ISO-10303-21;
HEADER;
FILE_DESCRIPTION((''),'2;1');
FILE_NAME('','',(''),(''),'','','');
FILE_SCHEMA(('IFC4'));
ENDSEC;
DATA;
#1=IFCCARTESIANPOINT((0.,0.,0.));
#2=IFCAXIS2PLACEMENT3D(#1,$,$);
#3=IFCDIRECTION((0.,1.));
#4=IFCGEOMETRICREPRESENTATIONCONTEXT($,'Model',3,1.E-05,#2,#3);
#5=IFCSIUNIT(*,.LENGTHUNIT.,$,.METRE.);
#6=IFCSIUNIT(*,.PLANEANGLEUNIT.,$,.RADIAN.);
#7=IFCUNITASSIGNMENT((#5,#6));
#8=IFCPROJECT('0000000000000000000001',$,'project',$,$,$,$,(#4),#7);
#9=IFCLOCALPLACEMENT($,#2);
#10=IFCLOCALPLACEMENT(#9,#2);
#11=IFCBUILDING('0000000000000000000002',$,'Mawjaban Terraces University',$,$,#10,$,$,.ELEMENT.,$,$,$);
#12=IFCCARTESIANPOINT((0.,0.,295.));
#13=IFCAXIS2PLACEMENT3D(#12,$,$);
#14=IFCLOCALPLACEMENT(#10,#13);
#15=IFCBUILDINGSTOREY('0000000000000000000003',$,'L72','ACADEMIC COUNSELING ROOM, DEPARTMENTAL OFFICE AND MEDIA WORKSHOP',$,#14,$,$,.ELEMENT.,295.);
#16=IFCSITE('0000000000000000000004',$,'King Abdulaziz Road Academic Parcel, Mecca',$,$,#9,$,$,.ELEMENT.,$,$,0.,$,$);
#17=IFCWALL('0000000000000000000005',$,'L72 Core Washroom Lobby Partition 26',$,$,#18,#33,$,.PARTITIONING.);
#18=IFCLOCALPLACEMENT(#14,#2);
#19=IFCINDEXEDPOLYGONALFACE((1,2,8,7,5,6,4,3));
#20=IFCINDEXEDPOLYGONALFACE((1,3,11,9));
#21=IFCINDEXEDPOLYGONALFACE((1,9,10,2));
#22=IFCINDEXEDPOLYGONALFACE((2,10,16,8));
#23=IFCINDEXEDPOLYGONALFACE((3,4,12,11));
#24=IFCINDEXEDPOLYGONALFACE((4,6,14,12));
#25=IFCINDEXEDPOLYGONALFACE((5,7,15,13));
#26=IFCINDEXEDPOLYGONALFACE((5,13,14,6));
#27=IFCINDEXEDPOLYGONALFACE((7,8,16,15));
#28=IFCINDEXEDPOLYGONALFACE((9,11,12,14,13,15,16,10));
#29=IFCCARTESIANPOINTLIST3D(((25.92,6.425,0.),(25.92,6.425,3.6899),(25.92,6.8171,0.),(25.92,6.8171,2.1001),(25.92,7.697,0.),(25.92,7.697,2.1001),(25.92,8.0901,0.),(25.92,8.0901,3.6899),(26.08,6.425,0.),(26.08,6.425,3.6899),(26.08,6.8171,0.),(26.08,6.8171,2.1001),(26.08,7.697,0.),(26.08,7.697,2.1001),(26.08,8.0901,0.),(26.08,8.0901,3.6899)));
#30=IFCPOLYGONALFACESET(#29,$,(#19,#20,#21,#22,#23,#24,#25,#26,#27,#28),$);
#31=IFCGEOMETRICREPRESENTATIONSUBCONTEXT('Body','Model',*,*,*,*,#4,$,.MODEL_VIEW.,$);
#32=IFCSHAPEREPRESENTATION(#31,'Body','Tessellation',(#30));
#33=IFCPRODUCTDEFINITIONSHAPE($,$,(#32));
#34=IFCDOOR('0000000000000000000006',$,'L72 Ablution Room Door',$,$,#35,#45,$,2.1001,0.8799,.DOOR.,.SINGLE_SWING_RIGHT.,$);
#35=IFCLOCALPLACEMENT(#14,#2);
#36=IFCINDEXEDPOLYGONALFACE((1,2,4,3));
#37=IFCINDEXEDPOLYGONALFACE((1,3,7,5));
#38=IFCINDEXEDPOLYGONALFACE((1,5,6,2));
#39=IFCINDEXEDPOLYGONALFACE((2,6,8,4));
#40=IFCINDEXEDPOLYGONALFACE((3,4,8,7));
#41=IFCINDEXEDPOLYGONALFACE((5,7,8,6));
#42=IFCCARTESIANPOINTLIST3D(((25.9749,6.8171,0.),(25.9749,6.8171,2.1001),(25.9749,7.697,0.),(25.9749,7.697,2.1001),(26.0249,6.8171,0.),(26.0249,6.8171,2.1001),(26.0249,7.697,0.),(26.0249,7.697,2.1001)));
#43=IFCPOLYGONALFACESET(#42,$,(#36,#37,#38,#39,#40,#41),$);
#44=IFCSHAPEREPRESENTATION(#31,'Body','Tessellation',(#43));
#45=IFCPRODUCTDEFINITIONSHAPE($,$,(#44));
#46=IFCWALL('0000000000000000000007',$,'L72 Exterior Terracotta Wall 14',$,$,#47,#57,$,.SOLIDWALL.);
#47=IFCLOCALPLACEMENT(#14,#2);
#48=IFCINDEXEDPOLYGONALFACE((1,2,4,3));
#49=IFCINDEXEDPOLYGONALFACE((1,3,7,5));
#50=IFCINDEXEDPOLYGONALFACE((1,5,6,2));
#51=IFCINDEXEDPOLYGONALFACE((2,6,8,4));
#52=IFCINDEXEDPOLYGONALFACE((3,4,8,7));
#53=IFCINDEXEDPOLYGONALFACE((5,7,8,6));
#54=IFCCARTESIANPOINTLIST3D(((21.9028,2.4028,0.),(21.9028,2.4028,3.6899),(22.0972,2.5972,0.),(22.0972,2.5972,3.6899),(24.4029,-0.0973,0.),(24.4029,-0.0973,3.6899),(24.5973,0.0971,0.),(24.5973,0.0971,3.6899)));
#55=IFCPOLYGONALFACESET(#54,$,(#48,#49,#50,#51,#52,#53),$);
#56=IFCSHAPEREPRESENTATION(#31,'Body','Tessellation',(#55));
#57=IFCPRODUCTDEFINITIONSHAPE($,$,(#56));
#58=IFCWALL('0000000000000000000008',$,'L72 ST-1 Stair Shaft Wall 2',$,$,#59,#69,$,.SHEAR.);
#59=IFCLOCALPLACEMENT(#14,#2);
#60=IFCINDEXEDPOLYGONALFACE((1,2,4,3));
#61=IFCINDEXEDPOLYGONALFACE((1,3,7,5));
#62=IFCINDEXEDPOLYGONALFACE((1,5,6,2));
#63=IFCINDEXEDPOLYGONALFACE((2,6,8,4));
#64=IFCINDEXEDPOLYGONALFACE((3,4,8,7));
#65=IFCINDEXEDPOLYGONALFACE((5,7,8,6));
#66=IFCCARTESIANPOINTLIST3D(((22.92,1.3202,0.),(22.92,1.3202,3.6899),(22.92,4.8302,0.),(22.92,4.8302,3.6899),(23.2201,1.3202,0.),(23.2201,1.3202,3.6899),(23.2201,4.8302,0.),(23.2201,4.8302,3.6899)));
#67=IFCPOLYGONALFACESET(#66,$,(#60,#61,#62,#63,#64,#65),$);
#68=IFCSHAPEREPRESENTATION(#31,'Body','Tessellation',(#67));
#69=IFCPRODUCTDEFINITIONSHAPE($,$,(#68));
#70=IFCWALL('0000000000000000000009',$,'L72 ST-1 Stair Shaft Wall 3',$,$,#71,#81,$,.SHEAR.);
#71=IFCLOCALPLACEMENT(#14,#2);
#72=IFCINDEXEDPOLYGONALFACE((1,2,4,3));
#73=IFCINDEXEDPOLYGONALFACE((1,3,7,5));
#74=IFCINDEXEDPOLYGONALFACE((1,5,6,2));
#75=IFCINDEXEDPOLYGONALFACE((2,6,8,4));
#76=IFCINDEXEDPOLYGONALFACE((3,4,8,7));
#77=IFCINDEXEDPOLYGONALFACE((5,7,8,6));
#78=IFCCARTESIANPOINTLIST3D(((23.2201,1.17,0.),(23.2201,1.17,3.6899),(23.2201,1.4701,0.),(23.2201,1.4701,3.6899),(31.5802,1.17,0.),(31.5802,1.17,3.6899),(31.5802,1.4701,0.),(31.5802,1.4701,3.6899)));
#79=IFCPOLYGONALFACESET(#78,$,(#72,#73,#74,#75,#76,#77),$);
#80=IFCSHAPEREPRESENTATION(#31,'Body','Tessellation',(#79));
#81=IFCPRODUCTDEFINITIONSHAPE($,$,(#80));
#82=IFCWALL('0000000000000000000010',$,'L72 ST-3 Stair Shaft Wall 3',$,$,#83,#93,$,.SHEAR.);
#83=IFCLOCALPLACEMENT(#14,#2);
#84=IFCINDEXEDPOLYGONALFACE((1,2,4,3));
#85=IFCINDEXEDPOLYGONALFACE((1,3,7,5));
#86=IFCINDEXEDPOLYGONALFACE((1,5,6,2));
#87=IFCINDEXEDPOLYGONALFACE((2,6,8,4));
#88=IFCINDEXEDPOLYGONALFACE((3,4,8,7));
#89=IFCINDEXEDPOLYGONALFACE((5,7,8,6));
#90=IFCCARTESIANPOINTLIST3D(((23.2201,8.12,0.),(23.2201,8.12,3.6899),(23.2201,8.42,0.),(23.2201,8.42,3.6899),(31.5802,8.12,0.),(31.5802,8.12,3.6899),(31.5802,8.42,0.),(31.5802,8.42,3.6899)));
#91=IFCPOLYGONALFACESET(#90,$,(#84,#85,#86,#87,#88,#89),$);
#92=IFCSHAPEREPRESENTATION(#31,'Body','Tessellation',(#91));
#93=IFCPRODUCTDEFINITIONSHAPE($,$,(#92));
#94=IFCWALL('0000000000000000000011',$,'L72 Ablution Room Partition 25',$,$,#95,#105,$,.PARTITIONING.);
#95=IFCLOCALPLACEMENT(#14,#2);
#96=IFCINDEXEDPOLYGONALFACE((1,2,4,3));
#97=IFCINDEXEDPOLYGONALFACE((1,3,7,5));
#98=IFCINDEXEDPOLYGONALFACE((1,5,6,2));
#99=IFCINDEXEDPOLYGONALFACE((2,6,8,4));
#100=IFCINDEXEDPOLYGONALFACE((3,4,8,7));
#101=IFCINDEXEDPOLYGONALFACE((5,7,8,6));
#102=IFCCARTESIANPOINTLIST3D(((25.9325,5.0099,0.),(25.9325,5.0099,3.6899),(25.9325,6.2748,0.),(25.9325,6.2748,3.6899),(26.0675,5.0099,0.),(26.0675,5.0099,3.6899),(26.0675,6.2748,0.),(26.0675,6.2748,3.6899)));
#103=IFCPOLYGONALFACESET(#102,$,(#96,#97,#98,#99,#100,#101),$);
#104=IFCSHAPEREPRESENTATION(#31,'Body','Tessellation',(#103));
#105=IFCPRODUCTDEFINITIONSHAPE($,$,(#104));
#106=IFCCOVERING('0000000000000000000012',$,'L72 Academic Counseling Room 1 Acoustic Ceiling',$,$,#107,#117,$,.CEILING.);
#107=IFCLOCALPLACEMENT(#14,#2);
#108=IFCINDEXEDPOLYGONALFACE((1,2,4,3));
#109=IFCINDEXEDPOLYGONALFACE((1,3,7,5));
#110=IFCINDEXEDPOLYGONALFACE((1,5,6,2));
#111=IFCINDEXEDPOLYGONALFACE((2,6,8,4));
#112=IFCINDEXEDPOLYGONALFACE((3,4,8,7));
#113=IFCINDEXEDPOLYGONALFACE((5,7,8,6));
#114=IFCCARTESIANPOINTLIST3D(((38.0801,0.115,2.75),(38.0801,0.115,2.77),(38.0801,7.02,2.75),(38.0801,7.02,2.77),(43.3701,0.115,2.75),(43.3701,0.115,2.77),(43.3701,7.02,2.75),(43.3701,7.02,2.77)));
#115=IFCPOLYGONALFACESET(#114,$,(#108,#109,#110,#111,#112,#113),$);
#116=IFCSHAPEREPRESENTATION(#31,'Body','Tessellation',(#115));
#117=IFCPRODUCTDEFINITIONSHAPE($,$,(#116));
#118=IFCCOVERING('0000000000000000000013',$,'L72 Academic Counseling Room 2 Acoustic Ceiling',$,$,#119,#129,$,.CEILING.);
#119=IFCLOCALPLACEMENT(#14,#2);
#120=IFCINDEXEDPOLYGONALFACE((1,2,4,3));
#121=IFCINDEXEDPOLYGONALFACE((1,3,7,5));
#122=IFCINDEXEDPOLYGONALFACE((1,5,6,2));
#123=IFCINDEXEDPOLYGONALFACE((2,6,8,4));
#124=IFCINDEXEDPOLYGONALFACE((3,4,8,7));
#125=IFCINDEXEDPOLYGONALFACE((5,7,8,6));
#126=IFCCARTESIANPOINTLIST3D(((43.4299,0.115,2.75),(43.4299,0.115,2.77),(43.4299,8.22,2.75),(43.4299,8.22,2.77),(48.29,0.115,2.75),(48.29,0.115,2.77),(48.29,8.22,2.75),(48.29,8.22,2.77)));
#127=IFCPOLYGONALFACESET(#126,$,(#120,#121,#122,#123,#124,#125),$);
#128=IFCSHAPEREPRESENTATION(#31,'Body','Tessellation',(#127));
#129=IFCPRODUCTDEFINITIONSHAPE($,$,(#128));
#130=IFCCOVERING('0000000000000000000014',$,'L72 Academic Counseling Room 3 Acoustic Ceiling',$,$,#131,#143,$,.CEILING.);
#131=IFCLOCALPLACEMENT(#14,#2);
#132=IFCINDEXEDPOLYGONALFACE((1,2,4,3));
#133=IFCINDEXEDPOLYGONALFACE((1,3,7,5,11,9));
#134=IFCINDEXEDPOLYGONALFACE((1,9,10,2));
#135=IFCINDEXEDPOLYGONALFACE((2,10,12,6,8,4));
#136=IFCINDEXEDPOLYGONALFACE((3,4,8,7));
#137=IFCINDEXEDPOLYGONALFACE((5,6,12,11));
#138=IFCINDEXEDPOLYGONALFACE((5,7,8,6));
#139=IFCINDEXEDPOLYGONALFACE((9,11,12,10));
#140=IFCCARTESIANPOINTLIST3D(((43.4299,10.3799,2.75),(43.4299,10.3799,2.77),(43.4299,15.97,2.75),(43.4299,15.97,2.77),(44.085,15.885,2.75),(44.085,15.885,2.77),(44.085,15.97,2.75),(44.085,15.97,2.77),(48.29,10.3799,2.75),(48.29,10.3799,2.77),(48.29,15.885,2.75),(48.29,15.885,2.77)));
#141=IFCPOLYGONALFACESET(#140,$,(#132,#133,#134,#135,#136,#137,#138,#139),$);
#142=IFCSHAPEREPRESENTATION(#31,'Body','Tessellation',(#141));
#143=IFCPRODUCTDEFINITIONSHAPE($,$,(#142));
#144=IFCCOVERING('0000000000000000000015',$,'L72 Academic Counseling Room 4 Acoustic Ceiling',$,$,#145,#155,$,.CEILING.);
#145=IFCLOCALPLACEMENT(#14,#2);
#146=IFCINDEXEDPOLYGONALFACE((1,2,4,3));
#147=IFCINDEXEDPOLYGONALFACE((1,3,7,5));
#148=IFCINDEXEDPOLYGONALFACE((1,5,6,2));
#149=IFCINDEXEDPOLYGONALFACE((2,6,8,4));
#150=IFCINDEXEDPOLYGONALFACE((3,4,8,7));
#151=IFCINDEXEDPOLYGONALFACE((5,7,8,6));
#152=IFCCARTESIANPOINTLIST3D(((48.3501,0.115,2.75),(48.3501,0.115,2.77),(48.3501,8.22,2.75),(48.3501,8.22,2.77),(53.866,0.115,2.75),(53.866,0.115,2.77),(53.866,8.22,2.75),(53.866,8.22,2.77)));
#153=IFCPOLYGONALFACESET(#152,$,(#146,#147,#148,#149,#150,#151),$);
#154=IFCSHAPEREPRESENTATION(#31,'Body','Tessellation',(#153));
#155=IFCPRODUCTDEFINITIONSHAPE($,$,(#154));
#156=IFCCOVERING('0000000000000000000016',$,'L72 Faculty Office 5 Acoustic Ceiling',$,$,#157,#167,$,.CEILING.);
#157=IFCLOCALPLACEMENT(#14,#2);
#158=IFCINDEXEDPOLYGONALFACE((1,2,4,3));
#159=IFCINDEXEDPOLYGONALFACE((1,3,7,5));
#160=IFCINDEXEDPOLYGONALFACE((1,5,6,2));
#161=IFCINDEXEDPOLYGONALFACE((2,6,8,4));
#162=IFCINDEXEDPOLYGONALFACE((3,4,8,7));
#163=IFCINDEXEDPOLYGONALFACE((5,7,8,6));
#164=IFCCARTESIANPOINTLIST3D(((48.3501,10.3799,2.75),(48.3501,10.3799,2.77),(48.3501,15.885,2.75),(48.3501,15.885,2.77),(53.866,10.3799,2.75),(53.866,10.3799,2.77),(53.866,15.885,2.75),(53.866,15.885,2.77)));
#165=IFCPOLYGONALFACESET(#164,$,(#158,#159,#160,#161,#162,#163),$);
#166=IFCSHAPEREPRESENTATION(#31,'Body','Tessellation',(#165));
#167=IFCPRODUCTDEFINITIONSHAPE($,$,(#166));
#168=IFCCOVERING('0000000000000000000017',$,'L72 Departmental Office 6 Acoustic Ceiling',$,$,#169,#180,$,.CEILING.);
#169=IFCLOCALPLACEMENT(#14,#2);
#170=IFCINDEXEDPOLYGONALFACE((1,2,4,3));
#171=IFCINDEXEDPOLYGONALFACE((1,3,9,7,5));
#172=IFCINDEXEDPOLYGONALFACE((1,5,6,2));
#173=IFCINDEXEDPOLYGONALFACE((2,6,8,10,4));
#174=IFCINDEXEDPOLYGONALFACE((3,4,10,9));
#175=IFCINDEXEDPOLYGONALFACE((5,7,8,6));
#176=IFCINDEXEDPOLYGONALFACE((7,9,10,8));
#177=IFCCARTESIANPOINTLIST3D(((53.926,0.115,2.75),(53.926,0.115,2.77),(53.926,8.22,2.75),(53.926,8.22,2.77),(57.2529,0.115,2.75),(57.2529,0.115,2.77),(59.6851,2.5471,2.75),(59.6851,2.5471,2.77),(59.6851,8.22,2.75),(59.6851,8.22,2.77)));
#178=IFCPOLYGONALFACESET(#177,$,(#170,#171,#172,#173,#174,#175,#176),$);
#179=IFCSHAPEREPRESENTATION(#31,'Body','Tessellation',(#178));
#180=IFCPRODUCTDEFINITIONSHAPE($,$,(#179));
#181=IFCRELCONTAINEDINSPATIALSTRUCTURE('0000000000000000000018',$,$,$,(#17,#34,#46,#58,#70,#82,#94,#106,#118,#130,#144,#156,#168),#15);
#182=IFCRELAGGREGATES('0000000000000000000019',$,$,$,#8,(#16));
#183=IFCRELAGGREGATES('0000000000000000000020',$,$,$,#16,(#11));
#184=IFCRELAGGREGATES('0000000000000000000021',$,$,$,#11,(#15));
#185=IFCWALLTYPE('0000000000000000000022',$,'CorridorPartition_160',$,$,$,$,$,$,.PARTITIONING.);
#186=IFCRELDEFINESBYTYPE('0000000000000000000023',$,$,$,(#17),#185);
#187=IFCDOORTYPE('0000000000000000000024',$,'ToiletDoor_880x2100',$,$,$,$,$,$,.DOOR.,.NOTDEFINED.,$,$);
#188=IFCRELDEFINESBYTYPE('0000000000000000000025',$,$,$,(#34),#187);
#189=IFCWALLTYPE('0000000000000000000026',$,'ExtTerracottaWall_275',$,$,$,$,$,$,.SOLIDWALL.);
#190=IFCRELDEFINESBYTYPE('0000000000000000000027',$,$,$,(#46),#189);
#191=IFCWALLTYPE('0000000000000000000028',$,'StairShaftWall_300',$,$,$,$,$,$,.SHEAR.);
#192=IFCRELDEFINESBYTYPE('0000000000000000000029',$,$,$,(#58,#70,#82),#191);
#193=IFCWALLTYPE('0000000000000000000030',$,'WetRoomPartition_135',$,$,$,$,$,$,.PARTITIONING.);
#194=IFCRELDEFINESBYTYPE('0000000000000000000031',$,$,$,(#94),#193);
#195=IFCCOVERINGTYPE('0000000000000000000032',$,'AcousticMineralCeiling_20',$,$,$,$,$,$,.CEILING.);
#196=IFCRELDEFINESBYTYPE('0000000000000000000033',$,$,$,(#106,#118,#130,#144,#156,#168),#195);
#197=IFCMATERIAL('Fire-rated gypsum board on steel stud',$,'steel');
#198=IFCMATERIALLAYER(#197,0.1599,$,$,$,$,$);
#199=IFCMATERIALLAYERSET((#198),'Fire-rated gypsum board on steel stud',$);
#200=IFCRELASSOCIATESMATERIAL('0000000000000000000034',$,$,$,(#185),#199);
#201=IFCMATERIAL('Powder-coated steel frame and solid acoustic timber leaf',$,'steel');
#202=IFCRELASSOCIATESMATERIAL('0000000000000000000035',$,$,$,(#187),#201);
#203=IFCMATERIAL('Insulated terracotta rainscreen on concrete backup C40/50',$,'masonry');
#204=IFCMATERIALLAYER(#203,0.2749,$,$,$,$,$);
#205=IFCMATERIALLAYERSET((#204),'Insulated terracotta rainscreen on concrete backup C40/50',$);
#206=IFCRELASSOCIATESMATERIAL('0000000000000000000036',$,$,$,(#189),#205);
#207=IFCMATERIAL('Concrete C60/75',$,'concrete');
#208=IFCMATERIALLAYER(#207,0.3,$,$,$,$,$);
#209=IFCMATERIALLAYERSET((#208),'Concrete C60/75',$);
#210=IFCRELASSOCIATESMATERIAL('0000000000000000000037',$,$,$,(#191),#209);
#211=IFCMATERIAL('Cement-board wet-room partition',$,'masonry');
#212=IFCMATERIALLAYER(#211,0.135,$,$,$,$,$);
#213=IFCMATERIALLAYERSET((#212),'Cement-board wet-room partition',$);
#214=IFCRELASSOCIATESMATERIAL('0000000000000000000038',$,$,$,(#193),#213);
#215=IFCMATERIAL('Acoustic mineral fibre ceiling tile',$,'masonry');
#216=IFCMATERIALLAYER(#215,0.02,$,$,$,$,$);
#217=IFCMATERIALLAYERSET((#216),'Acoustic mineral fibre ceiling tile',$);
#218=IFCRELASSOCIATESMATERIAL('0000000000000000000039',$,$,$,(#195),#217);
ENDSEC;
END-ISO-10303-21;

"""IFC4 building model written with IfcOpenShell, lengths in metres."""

from ifc_helpers import new_model, si_unit, direction, frame, frame_2d, origin, place, context, subcontext, project, spatial, polyline, rectangle, outline, extrude, material, layer, layer_set, type_object, element, fill, save


model = new_model("IFC4")

# Units and contexts
model_context = context("Model", 3, precision=1e-05, world=origin(), true_north=direction((0.0, 1.0)))
body_context = subcontext(model_context, "Body", "Model", "MODEL_VIEW")
ifc_project = project(units=[si_unit("LENGTHUNIT", "METRE"), si_unit("PLANEANGLEUNIT", "RADIAN")], contexts=[model_context])

# Site, building, storey
site_placement = place(None, origin())
site = spatial("IfcSite", under=ifc_project, at=site_placement, Name="King Abdulaziz Road Academic Parcel, Mecca", CompositionType="ELEMENT", RefElevation=0.0)
building_placement = place(site_placement, origin())
building = spatial("IfcBuilding", under=site, at=building_placement, Name="Mawjaban Terraces University", CompositionType="ELEMENT")
storey_placement = place(building_placement, frame((0.0, 0.0, 295.0)))
storey = spatial("IfcBuildingStorey", under=building, at=storey_placement, Name="L72", Description="ACADEMIC COUNSELING ROOM, DEPARTMENTAL OFFICE AND MEDIA WORKSHOP", CompositionType="ELEMENT", Elevation=295.0)

# Wall, opening, door
ifc_material_1 = material(Name="Fire-rated gypsum board on steel stud", Category="steel")
ifc_layer_1 = layer(ifc_material_1, 0.1599)
ifc_layer_set_1 = layer_set([ifc_layer_1], Name="Fire-rated gypsum board on steel stud")
wall_type_1 = type_object("IfcWallType", Name="CorridorPartition_160", PredefinedType="PARTITIONING", material=ifc_layer_set_1)
ifc_material_2 = material(Name="Powder-coated steel frame and solid acoustic timber leaf", Category="steel")
door_type = type_object("IfcDoorType", Name="ToiletDoor_880x2100", OperationType="NOTDEFINED", PredefinedType="DOOR", material=ifc_material_2)
wall_1_placement = place(storey_placement, frame((26.0, 8.0901, 0.0), z_axis=(0.0, 0.0, 1.0), x_axis=(0.0, -1.0, 0.0)))
wall_1 = element("IfcWall", 1, at=wall_1_placement, inside=storey, type_object=wall_type_1, Name="L72 Core Washroom Lobby Partition 26", PredefinedType="PARTITIONING", context=body_context, shape_type="SweptSolid", body=[
    extrude(rectangle(XDim=1.665, YDim=0.1599, at=frame_2d((0.8325, 0.0))), origin(), (0.0, 0.0, 1.0), 3.6899),
])
opening_1_placement = place(wall_1_placement, frame((0.3931, 0.0, 0.0)))
opening_1 = element("IfcOpeningElement", 2, at=opening_1_placement, cuts=wall_1, PredefinedType="OPENING", context=body_context, shape_type="SweptSolid", body=[
    extrude(rectangle(XDim=0.8799, YDim=2.1001, at=frame_2d((0.4399, 1.05))), frame((0.0, 0.0898, 0.0), z_axis=(0.0, -1.0, 0.0), x_axis=(1.0, 0.0, 0.0)), (0.0, 0.0, 1.0), 0.1799),
])
door_1_placement = place(opening_1_placement, origin())
door_1 = element("IfcDoor", 3, at=door_1_placement, inside=storey, type_object=door_type, Name="L72 Ablution Room Door", OperationType="SINGLE_SWING_RIGHT", OverallHeight=2.1001, OverallWidth=0.8799, PredefinedType="DOOR", context=body_context, shape_type="SweptSolid", body=[
    extrude(rectangle(XDim=0.8799, YDim=2.1001, at=frame_2d((0.4399, 1.05))), frame((0.0, 0.0249, 0.0), z_axis=(0.0, -1.0, 0.0), x_axis=(1.0, 0.0, 0.0)), (0.0, 0.0, 1.0), 0.05),
])
fill(opening_1, door_1)

# Walls
ifc_material_3 = material(Name="Insulated terracotta rainscreen on concrete backup C40/50", Category="masonry")
ifc_layer_2 = layer(ifc_material_3, 0.2749)
ifc_layer_set_2 = layer_set([ifc_layer_2], Name="Insulated terracotta rainscreen on concrete backup C40/50")
wall_type_2 = type_object("IfcWallType", Name="ExtTerracottaWall_275", PredefinedType="SOLIDWALL", material=ifc_layer_set_2)
wall_2_placement = place(storey_placement, frame((22.0, 2.5, 0.0), z_axis=(0.0, 0.0, 1.0), x_axis=(0.707107, -0.707107, 0.0)))
element("IfcWall", 4, at=wall_2_placement, inside=storey, type_object=wall_type_2, Name="L72 Exterior Terracotta Wall 14", PredefinedType="SOLIDWALL", context=body_context, shape_type="SweptSolid", body=[
    extrude(rectangle(XDim=3.5356, YDim=0.2749, at=frame_2d((1.7678, 0.0))), origin(), (0.0, 0.0, 1.0), 3.6899),
])
ifc_material_4 = material(Name="Concrete C60/75", Category="concrete")
ifc_layer_3 = layer(ifc_material_4, 0.3)
ifc_layer_set_3 = layer_set([ifc_layer_3], Name="Concrete C60/75")
wall_type_3 = type_object("IfcWallType", Name="StairShaftWall_300", PredefinedType="SHEAR", material=ifc_layer_set_3)
wall_3_placement = place(storey_placement, frame((23.0701, 4.8301, 0.0), z_axis=(0.0, 0.0, 1.0), x_axis=(0.0, -1.0, 0.0)))
element("IfcWall", 5, at=wall_3_placement, inside=storey, type_object=wall_type_3, Name="L72 ST-1 Stair Shaft Wall 2", PredefinedType="SHEAR", context=body_context, shape_type="SweptSolid", body=[
    extrude(rectangle(XDim=3.51, YDim=0.3, at=frame_2d((1.7549, 0.0))), origin(), (0.0, 0.0, 1.0), 3.6899),
])
for number, where, z_axis, x_axis, name in (
    (6, (23.22, 1.3201, 0.0), (0.0, 0.0, 1.0), (1.0, 0.0, 0.0), "L72 ST-1 Stair Shaft Wall 3"),
    (7, (23.22, 8.27, 0.0), (0.0, 0.0, 1.0), (1.0, 0.0, 0.0), "L72 ST-3 Stair Shaft Wall 3"),
):
    element("IfcWall", number, at=place(storey_placement, frame(where, z_axis=z_axis, x_axis=x_axis)), inside=storey, type_object=wall_type_3, Name=name, PredefinedType="SHEAR", context=body_context, shape_type="SweptSolid", body=[
        extrude(rectangle(XDim=8.3601, YDim=0.3, at=frame_2d((4.1802, 0.0))), origin(), (0.0, 0.0, 1.0), 3.6899),
    ])
ifc_material_5 = material(Name="Cement-board wet-room partition", Category="masonry")
ifc_layer_4 = layer(ifc_material_5, 0.135)
ifc_layer_set_4 = layer_set([ifc_layer_4], Name="Cement-board wet-room partition")
wall_type_4 = type_object("IfcWallType", Name="WetRoomPartition_135", PredefinedType="PARTITIONING", material=ifc_layer_set_4)
wall_4_placement = place(storey_placement, frame((26.0, 5.01, 0.0), z_axis=(0.0, 0.0, 1.0), x_axis=(0.0, 1.0, 0.0)))
element("IfcWall", 8, at=wall_4_placement, inside=storey, type_object=wall_type_4, Name="L72 Ablution Room Partition 25", PredefinedType="PARTITIONING", context=body_context, shape_type="SweptSolid", body=[
    extrude(rectangle(XDim=1.2649, YDim=0.135, at=frame_2d((0.6323, 0.0))), origin(), (0.0, 0.0, 1.0), 3.6899),
])

# Coverings
ifc_material_6 = material(Name="Acoustic mineral fibre ceiling tile", Category="masonry")
ifc_layer_5 = layer(ifc_material_6, 0.02)
ifc_layer_set_5 = layer_set([ifc_layer_5], Name="Acoustic mineral fibre ceiling tile")
covering_type_1 = type_object("IfcCoveringType", Name="AcousticMineralCeiling_20", PredefinedType="CEILING", material=ifc_layer_set_5)
covering_1_placement = place(storey_placement, frame((0.0, 0.0, 2.75)))
element("IfcCovering", 9, at=covering_1_placement, inside=storey, type_object=covering_type_1, Name="L72 Academic Counseling Room 1 Acoustic Ceiling", PredefinedType="CEILING", context=body_context, shape_type="SweptSolid", body=[
    extrude(outline(polyline([(38.0801, 7.02), (38.0801, 0.115), (43.3701, 0.115), (43.3701, 7.02), (38.0801, 7.02)])), origin(), (0.0, 0.0, 1.0), 0.02),
])
covering_2_placement = place(storey_placement, frame((0.0, 0.0, 2.75)))
element("IfcCovering", 10, at=covering_2_placement, inside=storey, type_object=covering_type_1, Name="L72 Academic Counseling Room 2 Acoustic Ceiling", PredefinedType="CEILING", context=body_context, shape_type="SweptSolid", body=[
    extrude(outline(polyline([(43.4299, 0.115), (48.29, 0.115), (48.29, 8.22), (43.4299, 8.22), (43.4299, 0.115)])), origin(), (0.0, 0.0, 1.0), 0.02),
])
covering_3_placement = place(storey_placement, frame((0.0, 0.0, 2.75)))
element("IfcCovering", 11, at=covering_3_placement, inside=storey, type_object=covering_type_1, Name="L72 Academic Counseling Room 3 Acoustic Ceiling", PredefinedType="CEILING", context=body_context, shape_type="SweptSolid", body=[
    extrude(outline(polyline([(48.29, 15.885), (44.085, 15.885), (44.085, 15.97), (43.4299, 15.97), (43.4299, 10.3799), (48.29, 10.3799), (48.29, 15.885)])), origin(), (0.0, 0.0, 1.0), 0.02),
])
covering_4_placement = place(storey_placement, frame((0.0, 0.0, 2.75)))
element("IfcCovering", 12, at=covering_4_placement, inside=storey, type_object=covering_type_1, Name="L72 Academic Counseling Room 4 Acoustic Ceiling", PredefinedType="CEILING", context=body_context, shape_type="SweptSolid", body=[
    extrude(outline(polyline([(48.3501, 0.115), (53.866, 0.115), (53.866, 8.22), (48.3501, 8.22), (48.3501, 0.115)])), origin(), (0.0, 0.0, 1.0), 0.02),
])
covering_5_placement = place(storey_placement, frame((0.0, 0.0, 2.75)))
element("IfcCovering", 13, at=covering_5_placement, inside=storey, type_object=covering_type_1, Name="L72 Faculty Office 5 Acoustic Ceiling", PredefinedType="CEILING", context=body_context, shape_type="SweptSolid", body=[
    extrude(outline(polyline([(53.866, 15.885), (48.3501, 15.885), (48.3501, 10.3799), (53.866, 10.3799), (53.866, 15.885)])), origin(), (0.0, 0.0, 1.0), 0.02),
])
covering_6_placement = place(storey_placement, frame((0.0, 0.0, 2.75)))
element("IfcCovering", 14, at=covering_6_placement, inside=storey, type_object=covering_type_1, Name="L72 Departmental Office 6 Acoustic Ceiling", PredefinedType="CEILING", context=body_context, shape_type="SweptSolid", body=[
    extrude(outline(polyline([(53.926, 0.115), (57.2529, 0.115), (59.6851, 2.5471), (59.6851, 8.22), (53.926, 8.22), (53.926, 0.115)])), origin(), (0.0, 0.0, 1.0), 0.02),
])

save(model, "model.ifc")
